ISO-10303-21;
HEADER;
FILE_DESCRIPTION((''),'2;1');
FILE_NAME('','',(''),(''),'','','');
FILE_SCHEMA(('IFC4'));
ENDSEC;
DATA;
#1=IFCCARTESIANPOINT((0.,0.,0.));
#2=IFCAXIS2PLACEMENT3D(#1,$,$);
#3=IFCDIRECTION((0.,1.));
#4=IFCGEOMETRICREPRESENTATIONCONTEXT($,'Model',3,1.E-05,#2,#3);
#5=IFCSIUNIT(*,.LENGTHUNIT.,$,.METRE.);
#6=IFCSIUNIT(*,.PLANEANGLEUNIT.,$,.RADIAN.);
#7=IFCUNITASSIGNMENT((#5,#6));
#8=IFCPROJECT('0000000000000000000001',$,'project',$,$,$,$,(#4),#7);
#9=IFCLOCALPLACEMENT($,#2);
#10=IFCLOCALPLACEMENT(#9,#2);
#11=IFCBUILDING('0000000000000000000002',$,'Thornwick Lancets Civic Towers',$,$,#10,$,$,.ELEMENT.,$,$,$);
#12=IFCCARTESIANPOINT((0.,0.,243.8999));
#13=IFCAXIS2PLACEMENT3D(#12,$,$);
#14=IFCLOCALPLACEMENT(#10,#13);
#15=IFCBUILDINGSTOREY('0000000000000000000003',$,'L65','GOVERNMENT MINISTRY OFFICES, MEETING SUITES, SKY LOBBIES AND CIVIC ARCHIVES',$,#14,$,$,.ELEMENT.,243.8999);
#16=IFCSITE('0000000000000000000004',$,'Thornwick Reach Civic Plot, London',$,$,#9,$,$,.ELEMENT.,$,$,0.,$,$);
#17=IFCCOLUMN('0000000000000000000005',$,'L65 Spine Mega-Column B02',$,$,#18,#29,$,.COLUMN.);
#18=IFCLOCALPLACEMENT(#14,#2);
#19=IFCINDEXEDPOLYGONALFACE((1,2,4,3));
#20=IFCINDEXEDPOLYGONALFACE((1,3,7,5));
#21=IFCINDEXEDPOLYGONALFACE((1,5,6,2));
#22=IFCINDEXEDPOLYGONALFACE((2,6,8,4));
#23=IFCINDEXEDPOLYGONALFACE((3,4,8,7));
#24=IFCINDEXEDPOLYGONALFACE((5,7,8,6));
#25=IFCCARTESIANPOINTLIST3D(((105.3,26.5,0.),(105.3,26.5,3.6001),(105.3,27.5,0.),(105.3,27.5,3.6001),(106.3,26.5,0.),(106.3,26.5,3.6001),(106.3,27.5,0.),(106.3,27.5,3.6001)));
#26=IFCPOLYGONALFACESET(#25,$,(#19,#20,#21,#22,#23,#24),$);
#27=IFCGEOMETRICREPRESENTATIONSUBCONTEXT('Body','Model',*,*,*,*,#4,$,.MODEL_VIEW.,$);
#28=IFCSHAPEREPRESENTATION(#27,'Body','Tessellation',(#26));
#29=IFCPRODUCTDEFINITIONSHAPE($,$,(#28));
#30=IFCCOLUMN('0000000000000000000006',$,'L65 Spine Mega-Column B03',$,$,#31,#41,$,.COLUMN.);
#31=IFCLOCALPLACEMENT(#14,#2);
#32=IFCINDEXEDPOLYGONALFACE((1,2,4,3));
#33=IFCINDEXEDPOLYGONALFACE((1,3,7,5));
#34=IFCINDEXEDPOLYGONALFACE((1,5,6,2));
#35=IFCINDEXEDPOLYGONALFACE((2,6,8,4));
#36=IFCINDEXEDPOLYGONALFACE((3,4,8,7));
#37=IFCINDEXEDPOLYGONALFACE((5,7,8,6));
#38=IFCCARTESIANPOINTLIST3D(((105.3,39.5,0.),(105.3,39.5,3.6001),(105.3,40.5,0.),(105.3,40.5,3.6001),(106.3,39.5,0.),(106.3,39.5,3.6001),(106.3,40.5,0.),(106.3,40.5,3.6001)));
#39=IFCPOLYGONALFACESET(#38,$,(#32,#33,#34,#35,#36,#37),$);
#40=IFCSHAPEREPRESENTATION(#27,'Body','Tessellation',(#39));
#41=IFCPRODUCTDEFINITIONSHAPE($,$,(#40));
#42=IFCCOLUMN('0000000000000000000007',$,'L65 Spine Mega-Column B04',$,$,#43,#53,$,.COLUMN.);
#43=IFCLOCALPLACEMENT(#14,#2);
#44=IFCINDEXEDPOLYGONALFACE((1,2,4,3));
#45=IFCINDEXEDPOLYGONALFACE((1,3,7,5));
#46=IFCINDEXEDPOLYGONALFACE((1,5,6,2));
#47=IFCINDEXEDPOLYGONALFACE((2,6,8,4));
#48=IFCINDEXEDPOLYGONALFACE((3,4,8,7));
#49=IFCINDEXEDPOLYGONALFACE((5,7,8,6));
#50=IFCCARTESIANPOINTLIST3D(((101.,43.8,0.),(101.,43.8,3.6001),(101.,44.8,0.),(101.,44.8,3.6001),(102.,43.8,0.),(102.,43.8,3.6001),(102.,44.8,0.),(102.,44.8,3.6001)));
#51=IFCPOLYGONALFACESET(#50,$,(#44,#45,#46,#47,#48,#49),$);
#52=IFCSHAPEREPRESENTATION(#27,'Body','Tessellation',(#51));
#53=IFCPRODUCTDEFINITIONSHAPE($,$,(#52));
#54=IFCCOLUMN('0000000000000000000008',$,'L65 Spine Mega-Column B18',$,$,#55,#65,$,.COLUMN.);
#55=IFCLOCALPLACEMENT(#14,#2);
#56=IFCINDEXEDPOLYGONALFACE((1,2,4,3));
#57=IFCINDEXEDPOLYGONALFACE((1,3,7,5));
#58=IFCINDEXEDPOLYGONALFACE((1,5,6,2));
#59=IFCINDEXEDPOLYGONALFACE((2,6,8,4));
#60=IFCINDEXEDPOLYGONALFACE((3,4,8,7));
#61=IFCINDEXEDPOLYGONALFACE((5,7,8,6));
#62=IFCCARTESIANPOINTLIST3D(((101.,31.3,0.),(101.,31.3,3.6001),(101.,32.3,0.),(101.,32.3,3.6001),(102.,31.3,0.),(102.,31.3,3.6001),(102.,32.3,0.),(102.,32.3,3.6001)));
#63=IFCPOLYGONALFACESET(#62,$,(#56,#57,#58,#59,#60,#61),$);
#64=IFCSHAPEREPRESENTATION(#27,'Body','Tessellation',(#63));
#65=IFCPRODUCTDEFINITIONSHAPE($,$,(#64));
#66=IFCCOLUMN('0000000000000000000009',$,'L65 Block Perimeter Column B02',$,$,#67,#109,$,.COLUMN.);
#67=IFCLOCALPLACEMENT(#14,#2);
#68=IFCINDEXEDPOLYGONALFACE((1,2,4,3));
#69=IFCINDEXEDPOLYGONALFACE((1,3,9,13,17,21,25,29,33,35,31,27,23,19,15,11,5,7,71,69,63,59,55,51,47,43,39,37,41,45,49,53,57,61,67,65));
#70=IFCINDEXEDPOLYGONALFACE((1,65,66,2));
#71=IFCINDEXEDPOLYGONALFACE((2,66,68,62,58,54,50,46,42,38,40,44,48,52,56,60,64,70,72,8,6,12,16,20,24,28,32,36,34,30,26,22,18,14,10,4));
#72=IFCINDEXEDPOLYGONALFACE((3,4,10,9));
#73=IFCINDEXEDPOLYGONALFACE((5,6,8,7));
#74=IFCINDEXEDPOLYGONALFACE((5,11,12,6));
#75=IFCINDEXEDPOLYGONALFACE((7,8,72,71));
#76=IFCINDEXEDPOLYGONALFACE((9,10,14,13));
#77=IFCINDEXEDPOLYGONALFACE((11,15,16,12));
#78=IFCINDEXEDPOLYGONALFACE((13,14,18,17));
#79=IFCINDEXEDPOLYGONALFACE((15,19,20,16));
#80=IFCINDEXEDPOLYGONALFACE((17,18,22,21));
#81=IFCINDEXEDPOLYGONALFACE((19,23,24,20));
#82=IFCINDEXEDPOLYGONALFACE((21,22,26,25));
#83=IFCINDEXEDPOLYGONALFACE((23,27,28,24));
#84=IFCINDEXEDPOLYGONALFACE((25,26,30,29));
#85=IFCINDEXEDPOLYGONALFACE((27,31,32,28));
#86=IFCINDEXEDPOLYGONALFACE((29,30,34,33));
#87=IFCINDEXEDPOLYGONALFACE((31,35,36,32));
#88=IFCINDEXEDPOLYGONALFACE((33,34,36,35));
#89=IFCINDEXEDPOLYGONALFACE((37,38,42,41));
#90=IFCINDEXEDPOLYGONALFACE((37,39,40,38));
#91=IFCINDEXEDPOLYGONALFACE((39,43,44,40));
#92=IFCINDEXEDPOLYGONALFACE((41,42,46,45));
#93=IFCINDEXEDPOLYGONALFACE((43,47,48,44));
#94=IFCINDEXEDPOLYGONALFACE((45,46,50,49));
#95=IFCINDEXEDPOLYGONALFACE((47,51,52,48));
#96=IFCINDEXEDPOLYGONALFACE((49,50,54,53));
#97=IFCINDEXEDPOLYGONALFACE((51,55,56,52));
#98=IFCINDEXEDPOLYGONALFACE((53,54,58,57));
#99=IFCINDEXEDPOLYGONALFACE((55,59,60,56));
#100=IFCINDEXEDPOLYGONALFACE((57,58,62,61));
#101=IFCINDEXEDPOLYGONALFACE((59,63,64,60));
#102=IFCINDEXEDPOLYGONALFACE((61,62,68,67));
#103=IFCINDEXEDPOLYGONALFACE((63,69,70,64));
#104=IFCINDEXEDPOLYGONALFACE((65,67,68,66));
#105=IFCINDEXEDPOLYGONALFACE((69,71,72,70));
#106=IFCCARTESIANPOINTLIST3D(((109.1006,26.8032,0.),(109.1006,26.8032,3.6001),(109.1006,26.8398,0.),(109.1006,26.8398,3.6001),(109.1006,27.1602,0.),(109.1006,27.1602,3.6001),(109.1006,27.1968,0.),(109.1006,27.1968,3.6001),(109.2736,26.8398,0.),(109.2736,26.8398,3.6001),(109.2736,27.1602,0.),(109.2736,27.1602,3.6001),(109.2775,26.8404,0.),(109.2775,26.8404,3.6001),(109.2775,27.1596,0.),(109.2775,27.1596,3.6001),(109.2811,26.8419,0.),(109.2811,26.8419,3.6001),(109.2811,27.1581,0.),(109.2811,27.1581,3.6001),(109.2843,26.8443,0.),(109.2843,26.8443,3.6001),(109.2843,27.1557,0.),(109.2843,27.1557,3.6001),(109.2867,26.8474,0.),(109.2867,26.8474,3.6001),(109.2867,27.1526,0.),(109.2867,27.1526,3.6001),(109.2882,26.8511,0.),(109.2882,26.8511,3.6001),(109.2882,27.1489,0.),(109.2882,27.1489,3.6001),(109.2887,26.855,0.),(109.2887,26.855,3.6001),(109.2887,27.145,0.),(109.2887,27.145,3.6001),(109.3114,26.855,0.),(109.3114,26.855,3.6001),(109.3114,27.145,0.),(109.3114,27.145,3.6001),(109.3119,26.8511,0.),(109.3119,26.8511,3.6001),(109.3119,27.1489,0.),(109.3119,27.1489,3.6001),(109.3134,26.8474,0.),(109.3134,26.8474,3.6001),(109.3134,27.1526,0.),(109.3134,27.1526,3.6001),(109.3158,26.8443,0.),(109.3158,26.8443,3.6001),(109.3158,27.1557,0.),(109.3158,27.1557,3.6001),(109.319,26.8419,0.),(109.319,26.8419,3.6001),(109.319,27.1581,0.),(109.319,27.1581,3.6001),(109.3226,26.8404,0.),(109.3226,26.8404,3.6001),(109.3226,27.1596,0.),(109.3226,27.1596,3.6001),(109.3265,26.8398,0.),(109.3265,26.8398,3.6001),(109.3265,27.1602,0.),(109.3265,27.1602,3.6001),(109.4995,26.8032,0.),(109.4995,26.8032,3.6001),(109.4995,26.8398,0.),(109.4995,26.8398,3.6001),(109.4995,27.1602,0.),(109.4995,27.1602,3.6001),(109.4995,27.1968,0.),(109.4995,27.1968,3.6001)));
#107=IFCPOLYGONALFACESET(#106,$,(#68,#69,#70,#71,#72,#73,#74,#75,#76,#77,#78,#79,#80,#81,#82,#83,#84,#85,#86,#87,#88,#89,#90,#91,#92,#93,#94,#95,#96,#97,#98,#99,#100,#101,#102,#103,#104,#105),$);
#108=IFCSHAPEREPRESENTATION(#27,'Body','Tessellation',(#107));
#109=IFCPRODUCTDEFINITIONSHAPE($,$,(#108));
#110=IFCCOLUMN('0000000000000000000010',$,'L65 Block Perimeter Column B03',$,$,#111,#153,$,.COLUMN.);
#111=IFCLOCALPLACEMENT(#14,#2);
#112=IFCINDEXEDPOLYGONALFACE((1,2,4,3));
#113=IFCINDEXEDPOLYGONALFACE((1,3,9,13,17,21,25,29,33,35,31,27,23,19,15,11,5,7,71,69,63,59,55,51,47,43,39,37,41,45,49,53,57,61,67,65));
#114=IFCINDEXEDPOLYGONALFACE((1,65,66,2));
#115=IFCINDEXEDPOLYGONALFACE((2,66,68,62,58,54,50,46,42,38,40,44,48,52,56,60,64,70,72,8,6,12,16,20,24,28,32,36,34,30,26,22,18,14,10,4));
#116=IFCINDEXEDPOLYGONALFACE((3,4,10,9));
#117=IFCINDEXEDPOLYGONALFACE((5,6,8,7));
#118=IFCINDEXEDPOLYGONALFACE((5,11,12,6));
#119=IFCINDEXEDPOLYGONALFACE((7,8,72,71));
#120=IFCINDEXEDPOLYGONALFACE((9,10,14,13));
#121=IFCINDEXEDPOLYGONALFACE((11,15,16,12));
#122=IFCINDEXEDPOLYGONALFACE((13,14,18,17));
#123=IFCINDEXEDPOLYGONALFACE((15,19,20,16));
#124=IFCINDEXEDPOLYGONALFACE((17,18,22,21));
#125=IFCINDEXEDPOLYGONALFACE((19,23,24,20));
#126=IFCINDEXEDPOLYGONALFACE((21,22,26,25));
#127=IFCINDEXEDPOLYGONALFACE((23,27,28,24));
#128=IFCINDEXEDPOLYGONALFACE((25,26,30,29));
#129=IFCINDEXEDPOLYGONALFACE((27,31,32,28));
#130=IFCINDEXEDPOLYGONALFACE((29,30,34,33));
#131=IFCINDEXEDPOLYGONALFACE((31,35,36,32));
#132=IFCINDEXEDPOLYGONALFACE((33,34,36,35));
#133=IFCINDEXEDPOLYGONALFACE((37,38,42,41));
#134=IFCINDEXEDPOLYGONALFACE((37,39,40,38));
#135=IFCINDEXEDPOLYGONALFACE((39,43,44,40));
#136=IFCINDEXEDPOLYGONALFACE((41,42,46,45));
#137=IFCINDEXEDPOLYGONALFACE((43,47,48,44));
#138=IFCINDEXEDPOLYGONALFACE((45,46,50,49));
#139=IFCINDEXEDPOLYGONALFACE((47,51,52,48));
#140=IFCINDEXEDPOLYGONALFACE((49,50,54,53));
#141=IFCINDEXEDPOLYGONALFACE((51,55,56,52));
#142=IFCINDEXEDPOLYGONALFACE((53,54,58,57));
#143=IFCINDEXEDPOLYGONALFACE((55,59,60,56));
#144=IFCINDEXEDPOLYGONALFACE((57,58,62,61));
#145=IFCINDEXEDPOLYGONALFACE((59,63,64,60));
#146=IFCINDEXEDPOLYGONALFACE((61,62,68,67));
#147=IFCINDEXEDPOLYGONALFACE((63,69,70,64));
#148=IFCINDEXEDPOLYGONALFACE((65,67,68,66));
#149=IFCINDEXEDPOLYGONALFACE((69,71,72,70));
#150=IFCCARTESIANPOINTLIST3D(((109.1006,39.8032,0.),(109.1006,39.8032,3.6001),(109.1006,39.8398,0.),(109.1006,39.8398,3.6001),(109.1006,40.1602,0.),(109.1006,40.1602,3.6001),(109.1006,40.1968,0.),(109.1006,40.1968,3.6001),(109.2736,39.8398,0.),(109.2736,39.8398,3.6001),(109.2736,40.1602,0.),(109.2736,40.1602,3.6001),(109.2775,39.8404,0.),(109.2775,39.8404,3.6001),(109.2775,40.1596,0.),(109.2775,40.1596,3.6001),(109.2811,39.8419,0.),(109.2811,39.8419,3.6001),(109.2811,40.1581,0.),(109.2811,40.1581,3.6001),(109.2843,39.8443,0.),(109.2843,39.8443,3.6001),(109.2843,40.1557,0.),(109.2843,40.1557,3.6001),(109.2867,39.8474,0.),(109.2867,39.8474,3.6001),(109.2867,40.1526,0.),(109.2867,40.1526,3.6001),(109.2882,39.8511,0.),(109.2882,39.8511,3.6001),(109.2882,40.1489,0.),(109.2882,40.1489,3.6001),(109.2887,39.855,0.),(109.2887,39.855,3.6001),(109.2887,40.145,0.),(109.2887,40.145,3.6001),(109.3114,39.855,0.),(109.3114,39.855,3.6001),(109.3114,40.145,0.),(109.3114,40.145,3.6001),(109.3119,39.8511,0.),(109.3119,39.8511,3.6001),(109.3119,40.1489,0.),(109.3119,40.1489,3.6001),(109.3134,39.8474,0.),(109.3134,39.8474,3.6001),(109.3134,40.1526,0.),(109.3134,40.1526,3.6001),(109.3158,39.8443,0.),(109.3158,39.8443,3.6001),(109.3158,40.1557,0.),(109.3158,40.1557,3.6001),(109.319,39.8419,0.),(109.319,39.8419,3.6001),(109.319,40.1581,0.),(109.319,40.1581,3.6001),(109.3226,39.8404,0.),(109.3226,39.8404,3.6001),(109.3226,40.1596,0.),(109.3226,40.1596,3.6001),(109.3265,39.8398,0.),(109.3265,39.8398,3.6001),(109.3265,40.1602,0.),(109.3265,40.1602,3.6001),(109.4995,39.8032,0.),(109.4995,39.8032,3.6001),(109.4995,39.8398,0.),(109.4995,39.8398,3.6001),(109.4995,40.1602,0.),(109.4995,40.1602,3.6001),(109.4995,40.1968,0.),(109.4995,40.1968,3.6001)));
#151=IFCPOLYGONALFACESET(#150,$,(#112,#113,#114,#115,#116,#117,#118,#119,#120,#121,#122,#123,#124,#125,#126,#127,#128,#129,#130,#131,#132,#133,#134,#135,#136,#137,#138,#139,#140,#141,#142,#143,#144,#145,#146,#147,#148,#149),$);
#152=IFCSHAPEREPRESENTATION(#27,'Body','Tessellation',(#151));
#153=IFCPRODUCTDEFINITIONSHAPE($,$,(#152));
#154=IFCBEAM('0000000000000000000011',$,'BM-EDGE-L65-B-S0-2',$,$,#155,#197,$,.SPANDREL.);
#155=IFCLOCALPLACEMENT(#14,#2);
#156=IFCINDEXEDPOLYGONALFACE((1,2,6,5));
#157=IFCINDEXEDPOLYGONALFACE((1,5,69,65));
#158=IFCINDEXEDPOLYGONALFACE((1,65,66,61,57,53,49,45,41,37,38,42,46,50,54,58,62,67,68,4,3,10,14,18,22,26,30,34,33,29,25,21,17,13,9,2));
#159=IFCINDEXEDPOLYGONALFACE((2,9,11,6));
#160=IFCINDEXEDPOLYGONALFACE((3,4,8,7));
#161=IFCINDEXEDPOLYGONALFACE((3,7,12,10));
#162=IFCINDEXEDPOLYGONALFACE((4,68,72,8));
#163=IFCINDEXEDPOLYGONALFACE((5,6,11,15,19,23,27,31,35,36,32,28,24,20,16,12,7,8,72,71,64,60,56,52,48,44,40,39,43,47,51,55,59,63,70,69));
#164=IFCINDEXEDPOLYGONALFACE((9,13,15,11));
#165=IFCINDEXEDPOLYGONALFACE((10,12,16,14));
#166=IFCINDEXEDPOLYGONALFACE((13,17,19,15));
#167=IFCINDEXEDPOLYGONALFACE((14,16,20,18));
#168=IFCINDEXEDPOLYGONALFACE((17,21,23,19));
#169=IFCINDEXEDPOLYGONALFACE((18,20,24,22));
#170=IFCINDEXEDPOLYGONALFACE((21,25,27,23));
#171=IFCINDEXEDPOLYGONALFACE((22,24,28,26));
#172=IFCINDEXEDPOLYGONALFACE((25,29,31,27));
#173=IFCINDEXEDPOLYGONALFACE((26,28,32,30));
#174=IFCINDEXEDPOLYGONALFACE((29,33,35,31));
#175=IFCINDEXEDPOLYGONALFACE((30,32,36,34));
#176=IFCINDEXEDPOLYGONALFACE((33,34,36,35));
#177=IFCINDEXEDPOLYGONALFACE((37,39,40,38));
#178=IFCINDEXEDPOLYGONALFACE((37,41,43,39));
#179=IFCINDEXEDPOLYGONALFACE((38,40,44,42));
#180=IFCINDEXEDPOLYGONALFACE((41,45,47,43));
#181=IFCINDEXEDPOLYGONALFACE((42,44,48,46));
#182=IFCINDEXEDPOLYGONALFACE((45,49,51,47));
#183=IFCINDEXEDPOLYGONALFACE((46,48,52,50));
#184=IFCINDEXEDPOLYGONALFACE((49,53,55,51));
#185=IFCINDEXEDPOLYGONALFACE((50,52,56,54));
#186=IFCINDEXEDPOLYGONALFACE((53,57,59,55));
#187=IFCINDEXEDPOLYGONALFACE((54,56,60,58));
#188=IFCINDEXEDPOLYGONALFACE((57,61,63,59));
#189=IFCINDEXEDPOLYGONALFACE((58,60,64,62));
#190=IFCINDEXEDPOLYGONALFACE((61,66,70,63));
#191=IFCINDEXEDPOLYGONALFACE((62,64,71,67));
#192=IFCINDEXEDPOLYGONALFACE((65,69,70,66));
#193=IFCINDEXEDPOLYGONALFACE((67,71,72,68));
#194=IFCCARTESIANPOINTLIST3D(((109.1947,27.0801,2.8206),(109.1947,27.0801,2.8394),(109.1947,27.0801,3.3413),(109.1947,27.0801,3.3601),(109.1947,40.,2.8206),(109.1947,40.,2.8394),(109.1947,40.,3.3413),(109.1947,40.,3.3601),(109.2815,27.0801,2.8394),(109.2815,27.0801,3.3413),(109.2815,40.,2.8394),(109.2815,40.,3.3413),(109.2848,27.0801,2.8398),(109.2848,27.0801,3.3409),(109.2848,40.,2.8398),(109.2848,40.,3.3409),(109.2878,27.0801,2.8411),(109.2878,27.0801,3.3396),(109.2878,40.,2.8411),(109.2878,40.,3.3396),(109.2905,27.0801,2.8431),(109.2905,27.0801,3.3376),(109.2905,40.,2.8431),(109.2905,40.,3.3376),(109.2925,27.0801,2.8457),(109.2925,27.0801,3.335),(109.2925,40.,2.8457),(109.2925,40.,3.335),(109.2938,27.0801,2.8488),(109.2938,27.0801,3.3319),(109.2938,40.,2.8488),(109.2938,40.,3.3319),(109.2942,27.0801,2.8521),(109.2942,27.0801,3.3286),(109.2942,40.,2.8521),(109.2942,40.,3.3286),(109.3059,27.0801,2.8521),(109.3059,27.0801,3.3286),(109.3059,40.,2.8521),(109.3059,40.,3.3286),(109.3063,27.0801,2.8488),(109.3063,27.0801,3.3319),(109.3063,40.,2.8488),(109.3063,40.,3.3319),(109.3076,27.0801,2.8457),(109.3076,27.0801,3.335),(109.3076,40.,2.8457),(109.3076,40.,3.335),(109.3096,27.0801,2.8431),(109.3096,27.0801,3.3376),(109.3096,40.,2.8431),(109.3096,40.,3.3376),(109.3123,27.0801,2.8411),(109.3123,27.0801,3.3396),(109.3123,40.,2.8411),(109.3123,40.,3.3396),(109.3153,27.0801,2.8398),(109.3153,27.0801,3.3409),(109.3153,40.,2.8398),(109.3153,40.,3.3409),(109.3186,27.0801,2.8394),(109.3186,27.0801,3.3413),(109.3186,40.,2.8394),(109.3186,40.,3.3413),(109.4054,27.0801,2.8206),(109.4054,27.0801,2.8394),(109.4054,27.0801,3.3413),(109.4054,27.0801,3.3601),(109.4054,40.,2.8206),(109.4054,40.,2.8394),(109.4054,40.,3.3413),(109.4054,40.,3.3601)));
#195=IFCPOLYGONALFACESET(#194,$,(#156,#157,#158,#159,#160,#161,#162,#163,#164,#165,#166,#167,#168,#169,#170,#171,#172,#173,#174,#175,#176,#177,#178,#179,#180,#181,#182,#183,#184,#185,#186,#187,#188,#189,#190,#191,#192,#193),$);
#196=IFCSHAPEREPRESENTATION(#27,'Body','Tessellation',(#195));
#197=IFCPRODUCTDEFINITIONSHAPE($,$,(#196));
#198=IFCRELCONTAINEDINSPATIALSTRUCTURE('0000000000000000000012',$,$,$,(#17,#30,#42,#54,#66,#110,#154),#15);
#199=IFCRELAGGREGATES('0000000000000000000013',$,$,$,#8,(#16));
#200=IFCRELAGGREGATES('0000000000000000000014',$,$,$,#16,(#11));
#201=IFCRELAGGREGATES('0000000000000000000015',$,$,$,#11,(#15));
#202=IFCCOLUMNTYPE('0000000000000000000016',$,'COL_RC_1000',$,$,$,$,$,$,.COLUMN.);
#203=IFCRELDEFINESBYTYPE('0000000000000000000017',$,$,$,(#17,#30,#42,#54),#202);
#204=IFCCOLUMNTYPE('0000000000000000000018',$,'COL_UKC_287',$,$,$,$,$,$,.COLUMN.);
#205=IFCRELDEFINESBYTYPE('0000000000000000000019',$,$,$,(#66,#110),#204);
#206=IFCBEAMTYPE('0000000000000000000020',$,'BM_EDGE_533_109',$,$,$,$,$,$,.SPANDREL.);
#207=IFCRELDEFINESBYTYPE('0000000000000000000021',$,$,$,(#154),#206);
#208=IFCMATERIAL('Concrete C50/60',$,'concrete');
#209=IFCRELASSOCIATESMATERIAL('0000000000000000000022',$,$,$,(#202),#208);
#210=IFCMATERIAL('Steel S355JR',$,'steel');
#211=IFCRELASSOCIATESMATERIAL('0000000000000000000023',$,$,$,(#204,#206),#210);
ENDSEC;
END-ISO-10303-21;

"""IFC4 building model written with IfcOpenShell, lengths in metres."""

from ifc_helpers import new_model, si_unit, direction, frame, origin, origin_2d, place, context, subcontext, project, spatial, rectangle, i_section, extrude, material, material_profile, profile_set, type_object, element, save


model = new_model("IFC4")

# Units and contexts
model_context = context("Model", 3, precision=1e-05, world=origin(), true_north=direction((0.0, 1.0)))
body_context = subcontext(model_context, "Body", "Model", "MODEL_VIEW")
ifc_project = project(units=[si_unit("LENGTHUNIT", "METRE"), si_unit("PLANEANGLEUNIT", "RADIAN")], contexts=[model_context])

# Site, building, storey
site_placement = place(None, origin())
site = spatial("IfcSite", under=ifc_project, at=site_placement, Name="Thornwick Reach Civic Plot, London", CompositionType="ELEMENT", RefElevation=0.0)
building_placement = place(site_placement, origin())
building = spatial("IfcBuilding", under=site, at=building_placement, Name="Thornwick Lancets Civic Towers", CompositionType="ELEMENT")
storey_placement = place(building_placement, frame((0.0, 0.0, 243.8999)))
storey = spatial("IfcBuildingStorey", under=building, at=storey_placement, Name="L65", Description="GOVERNMENT MINISTRY OFFICES, MEETING SUITES, SKY LOBBIES AND CIVIC ARCHIVES", CompositionType="ELEMENT", Elevation=243.8999)

# Columns
ifc_material_1 = material(Name="Concrete C50/60", Category="concrete")
ifc_material_profile_1 = material_profile(ifc_material_1, rectangle(XDim=1.0, YDim=1.0, at=origin_2d()), Name="RC 1000x1000")
ifc_profile_set_1 = profile_set([ifc_material_profile_1], Name="Concrete C50/60")
column_type_1 = type_object("IfcColumnType", Name="COL_RC_1000", PredefinedType="COLUMN", material=ifc_profile_set_1)
for number, where, z_axis, x_axis, name in (
    (1, (105.8, 27.0, 0.0), (0.0, 0.0, 1.0), (1.0, 0.0, 0.0), "L65 Spine Mega-Column B02"),
    (2, (105.8, 40.0, 0.0), (0.0, 0.0, 1.0), (1.0, 0.0, 0.0), "L65 Spine Mega-Column B03"),
    (3, (101.5, 44.3, 0.0), (0.0, 0.0, 1.0), (1.0, 0.0, 0.0), "L65 Spine Mega-Column B04"),
    (4, (101.5, 31.8, 0.0), (0.0, 0.0, 1.0), (1.0, 0.0, 0.0), "L65 Spine Mega-Column B18"),
):
    element("IfcColumn", number, at=place(storey_placement, frame(where, z_axis=z_axis, x_axis=x_axis)), inside=storey, type_object=column_type_1, Name=name, PredefinedType="COLUMN", context=body_context, shape_type="SweptSolid", body=[
        extrude(rectangle(XDim=1.0, YDim=1.0, at=origin_2d()), origin(), (0.0, 0.0, 1.0), 3.6001),
    ])
ifc_material_2 = material(Name="Steel S355JR", Category="steel")
ifc_material_profile_2 = material_profile(ifc_material_2, i_section(OverallWidth=0.3989, OverallDepth=0.3936, WebThickness=0.0227, FlangeThickness=0.0366, FilletRadius=0.0151, at=origin_2d()), Name="UKC 356x406x287")
ifc_profile_set_2 = profile_set([ifc_material_profile_2], Name="Steel S355JR")
column_type_2 = type_object("IfcColumnType", Name="COL_UKC_287", PredefinedType="COLUMN", material=ifc_profile_set_2)
for number, where, z_axis, x_axis, name in (
    (5, (109.3, 27.0, 0.0), (0.0, 0.0, 1.0), (1.0, 0.0, 0.0), "L65 Block Perimeter Column B02"),
    (6, (109.3, 40.0, 0.0), (0.0, 0.0, 1.0), (1.0, 0.0, 0.0), "L65 Block Perimeter Column B03"),
):
    element("IfcColumn", number, at=place(storey_placement, frame(where, z_axis=z_axis, x_axis=x_axis)), inside=storey, type_object=column_type_2, Name=name, PredefinedType="COLUMN", context=body_context, shape_type="SweptSolid", body=[
        extrude(i_section(OverallWidth=0.3989, OverallDepth=0.3936, WebThickness=0.0227, FlangeThickness=0.0366, FilletRadius=0.0151, at=origin_2d()), origin(), (0.0, 0.0, 1.0), 3.6001),
    ])

# Beam
ifc_material_profile_3 = material_profile(ifc_material_2, i_section(OverallWidth=0.2107, OverallDepth=0.5396, WebThickness=0.0117, FlangeThickness=0.0188, FilletRadius=0.0127, at=origin_2d()), Name="UKB 533x210x109")
ifc_profile_set_3 = profile_set([ifc_material_profile_3], Name="Steel S355JR")
beam_type_1 = type_object("IfcBeamType", Name="BM_EDGE_533_109", PredefinedType="SPANDREL", material=ifc_profile_set_3)
beam_1_placement = place(storey_placement, frame((109.3, 27.0801, 3.0903), z_axis=(0.0, 1.0, 0.0), x_axis=(-1.0, 0.0, 0.0)))
element("IfcBeam", 7, at=beam_1_placement, inside=storey, type_object=beam_type_1, Name="BM-EDGE-L65-B-S0-2", PredefinedType="SPANDREL", context=body_context, shape_type="SweptSolid", body=[
    extrude(i_section(OverallWidth=0.2107, OverallDepth=0.5396, WebThickness=0.0117, FlangeThickness=0.0188, FilletRadius=0.0127, at=origin_2d()), origin(), (0.0, 0.0, 1.0), 12.9199),
])

save(model, "model.ifc")
